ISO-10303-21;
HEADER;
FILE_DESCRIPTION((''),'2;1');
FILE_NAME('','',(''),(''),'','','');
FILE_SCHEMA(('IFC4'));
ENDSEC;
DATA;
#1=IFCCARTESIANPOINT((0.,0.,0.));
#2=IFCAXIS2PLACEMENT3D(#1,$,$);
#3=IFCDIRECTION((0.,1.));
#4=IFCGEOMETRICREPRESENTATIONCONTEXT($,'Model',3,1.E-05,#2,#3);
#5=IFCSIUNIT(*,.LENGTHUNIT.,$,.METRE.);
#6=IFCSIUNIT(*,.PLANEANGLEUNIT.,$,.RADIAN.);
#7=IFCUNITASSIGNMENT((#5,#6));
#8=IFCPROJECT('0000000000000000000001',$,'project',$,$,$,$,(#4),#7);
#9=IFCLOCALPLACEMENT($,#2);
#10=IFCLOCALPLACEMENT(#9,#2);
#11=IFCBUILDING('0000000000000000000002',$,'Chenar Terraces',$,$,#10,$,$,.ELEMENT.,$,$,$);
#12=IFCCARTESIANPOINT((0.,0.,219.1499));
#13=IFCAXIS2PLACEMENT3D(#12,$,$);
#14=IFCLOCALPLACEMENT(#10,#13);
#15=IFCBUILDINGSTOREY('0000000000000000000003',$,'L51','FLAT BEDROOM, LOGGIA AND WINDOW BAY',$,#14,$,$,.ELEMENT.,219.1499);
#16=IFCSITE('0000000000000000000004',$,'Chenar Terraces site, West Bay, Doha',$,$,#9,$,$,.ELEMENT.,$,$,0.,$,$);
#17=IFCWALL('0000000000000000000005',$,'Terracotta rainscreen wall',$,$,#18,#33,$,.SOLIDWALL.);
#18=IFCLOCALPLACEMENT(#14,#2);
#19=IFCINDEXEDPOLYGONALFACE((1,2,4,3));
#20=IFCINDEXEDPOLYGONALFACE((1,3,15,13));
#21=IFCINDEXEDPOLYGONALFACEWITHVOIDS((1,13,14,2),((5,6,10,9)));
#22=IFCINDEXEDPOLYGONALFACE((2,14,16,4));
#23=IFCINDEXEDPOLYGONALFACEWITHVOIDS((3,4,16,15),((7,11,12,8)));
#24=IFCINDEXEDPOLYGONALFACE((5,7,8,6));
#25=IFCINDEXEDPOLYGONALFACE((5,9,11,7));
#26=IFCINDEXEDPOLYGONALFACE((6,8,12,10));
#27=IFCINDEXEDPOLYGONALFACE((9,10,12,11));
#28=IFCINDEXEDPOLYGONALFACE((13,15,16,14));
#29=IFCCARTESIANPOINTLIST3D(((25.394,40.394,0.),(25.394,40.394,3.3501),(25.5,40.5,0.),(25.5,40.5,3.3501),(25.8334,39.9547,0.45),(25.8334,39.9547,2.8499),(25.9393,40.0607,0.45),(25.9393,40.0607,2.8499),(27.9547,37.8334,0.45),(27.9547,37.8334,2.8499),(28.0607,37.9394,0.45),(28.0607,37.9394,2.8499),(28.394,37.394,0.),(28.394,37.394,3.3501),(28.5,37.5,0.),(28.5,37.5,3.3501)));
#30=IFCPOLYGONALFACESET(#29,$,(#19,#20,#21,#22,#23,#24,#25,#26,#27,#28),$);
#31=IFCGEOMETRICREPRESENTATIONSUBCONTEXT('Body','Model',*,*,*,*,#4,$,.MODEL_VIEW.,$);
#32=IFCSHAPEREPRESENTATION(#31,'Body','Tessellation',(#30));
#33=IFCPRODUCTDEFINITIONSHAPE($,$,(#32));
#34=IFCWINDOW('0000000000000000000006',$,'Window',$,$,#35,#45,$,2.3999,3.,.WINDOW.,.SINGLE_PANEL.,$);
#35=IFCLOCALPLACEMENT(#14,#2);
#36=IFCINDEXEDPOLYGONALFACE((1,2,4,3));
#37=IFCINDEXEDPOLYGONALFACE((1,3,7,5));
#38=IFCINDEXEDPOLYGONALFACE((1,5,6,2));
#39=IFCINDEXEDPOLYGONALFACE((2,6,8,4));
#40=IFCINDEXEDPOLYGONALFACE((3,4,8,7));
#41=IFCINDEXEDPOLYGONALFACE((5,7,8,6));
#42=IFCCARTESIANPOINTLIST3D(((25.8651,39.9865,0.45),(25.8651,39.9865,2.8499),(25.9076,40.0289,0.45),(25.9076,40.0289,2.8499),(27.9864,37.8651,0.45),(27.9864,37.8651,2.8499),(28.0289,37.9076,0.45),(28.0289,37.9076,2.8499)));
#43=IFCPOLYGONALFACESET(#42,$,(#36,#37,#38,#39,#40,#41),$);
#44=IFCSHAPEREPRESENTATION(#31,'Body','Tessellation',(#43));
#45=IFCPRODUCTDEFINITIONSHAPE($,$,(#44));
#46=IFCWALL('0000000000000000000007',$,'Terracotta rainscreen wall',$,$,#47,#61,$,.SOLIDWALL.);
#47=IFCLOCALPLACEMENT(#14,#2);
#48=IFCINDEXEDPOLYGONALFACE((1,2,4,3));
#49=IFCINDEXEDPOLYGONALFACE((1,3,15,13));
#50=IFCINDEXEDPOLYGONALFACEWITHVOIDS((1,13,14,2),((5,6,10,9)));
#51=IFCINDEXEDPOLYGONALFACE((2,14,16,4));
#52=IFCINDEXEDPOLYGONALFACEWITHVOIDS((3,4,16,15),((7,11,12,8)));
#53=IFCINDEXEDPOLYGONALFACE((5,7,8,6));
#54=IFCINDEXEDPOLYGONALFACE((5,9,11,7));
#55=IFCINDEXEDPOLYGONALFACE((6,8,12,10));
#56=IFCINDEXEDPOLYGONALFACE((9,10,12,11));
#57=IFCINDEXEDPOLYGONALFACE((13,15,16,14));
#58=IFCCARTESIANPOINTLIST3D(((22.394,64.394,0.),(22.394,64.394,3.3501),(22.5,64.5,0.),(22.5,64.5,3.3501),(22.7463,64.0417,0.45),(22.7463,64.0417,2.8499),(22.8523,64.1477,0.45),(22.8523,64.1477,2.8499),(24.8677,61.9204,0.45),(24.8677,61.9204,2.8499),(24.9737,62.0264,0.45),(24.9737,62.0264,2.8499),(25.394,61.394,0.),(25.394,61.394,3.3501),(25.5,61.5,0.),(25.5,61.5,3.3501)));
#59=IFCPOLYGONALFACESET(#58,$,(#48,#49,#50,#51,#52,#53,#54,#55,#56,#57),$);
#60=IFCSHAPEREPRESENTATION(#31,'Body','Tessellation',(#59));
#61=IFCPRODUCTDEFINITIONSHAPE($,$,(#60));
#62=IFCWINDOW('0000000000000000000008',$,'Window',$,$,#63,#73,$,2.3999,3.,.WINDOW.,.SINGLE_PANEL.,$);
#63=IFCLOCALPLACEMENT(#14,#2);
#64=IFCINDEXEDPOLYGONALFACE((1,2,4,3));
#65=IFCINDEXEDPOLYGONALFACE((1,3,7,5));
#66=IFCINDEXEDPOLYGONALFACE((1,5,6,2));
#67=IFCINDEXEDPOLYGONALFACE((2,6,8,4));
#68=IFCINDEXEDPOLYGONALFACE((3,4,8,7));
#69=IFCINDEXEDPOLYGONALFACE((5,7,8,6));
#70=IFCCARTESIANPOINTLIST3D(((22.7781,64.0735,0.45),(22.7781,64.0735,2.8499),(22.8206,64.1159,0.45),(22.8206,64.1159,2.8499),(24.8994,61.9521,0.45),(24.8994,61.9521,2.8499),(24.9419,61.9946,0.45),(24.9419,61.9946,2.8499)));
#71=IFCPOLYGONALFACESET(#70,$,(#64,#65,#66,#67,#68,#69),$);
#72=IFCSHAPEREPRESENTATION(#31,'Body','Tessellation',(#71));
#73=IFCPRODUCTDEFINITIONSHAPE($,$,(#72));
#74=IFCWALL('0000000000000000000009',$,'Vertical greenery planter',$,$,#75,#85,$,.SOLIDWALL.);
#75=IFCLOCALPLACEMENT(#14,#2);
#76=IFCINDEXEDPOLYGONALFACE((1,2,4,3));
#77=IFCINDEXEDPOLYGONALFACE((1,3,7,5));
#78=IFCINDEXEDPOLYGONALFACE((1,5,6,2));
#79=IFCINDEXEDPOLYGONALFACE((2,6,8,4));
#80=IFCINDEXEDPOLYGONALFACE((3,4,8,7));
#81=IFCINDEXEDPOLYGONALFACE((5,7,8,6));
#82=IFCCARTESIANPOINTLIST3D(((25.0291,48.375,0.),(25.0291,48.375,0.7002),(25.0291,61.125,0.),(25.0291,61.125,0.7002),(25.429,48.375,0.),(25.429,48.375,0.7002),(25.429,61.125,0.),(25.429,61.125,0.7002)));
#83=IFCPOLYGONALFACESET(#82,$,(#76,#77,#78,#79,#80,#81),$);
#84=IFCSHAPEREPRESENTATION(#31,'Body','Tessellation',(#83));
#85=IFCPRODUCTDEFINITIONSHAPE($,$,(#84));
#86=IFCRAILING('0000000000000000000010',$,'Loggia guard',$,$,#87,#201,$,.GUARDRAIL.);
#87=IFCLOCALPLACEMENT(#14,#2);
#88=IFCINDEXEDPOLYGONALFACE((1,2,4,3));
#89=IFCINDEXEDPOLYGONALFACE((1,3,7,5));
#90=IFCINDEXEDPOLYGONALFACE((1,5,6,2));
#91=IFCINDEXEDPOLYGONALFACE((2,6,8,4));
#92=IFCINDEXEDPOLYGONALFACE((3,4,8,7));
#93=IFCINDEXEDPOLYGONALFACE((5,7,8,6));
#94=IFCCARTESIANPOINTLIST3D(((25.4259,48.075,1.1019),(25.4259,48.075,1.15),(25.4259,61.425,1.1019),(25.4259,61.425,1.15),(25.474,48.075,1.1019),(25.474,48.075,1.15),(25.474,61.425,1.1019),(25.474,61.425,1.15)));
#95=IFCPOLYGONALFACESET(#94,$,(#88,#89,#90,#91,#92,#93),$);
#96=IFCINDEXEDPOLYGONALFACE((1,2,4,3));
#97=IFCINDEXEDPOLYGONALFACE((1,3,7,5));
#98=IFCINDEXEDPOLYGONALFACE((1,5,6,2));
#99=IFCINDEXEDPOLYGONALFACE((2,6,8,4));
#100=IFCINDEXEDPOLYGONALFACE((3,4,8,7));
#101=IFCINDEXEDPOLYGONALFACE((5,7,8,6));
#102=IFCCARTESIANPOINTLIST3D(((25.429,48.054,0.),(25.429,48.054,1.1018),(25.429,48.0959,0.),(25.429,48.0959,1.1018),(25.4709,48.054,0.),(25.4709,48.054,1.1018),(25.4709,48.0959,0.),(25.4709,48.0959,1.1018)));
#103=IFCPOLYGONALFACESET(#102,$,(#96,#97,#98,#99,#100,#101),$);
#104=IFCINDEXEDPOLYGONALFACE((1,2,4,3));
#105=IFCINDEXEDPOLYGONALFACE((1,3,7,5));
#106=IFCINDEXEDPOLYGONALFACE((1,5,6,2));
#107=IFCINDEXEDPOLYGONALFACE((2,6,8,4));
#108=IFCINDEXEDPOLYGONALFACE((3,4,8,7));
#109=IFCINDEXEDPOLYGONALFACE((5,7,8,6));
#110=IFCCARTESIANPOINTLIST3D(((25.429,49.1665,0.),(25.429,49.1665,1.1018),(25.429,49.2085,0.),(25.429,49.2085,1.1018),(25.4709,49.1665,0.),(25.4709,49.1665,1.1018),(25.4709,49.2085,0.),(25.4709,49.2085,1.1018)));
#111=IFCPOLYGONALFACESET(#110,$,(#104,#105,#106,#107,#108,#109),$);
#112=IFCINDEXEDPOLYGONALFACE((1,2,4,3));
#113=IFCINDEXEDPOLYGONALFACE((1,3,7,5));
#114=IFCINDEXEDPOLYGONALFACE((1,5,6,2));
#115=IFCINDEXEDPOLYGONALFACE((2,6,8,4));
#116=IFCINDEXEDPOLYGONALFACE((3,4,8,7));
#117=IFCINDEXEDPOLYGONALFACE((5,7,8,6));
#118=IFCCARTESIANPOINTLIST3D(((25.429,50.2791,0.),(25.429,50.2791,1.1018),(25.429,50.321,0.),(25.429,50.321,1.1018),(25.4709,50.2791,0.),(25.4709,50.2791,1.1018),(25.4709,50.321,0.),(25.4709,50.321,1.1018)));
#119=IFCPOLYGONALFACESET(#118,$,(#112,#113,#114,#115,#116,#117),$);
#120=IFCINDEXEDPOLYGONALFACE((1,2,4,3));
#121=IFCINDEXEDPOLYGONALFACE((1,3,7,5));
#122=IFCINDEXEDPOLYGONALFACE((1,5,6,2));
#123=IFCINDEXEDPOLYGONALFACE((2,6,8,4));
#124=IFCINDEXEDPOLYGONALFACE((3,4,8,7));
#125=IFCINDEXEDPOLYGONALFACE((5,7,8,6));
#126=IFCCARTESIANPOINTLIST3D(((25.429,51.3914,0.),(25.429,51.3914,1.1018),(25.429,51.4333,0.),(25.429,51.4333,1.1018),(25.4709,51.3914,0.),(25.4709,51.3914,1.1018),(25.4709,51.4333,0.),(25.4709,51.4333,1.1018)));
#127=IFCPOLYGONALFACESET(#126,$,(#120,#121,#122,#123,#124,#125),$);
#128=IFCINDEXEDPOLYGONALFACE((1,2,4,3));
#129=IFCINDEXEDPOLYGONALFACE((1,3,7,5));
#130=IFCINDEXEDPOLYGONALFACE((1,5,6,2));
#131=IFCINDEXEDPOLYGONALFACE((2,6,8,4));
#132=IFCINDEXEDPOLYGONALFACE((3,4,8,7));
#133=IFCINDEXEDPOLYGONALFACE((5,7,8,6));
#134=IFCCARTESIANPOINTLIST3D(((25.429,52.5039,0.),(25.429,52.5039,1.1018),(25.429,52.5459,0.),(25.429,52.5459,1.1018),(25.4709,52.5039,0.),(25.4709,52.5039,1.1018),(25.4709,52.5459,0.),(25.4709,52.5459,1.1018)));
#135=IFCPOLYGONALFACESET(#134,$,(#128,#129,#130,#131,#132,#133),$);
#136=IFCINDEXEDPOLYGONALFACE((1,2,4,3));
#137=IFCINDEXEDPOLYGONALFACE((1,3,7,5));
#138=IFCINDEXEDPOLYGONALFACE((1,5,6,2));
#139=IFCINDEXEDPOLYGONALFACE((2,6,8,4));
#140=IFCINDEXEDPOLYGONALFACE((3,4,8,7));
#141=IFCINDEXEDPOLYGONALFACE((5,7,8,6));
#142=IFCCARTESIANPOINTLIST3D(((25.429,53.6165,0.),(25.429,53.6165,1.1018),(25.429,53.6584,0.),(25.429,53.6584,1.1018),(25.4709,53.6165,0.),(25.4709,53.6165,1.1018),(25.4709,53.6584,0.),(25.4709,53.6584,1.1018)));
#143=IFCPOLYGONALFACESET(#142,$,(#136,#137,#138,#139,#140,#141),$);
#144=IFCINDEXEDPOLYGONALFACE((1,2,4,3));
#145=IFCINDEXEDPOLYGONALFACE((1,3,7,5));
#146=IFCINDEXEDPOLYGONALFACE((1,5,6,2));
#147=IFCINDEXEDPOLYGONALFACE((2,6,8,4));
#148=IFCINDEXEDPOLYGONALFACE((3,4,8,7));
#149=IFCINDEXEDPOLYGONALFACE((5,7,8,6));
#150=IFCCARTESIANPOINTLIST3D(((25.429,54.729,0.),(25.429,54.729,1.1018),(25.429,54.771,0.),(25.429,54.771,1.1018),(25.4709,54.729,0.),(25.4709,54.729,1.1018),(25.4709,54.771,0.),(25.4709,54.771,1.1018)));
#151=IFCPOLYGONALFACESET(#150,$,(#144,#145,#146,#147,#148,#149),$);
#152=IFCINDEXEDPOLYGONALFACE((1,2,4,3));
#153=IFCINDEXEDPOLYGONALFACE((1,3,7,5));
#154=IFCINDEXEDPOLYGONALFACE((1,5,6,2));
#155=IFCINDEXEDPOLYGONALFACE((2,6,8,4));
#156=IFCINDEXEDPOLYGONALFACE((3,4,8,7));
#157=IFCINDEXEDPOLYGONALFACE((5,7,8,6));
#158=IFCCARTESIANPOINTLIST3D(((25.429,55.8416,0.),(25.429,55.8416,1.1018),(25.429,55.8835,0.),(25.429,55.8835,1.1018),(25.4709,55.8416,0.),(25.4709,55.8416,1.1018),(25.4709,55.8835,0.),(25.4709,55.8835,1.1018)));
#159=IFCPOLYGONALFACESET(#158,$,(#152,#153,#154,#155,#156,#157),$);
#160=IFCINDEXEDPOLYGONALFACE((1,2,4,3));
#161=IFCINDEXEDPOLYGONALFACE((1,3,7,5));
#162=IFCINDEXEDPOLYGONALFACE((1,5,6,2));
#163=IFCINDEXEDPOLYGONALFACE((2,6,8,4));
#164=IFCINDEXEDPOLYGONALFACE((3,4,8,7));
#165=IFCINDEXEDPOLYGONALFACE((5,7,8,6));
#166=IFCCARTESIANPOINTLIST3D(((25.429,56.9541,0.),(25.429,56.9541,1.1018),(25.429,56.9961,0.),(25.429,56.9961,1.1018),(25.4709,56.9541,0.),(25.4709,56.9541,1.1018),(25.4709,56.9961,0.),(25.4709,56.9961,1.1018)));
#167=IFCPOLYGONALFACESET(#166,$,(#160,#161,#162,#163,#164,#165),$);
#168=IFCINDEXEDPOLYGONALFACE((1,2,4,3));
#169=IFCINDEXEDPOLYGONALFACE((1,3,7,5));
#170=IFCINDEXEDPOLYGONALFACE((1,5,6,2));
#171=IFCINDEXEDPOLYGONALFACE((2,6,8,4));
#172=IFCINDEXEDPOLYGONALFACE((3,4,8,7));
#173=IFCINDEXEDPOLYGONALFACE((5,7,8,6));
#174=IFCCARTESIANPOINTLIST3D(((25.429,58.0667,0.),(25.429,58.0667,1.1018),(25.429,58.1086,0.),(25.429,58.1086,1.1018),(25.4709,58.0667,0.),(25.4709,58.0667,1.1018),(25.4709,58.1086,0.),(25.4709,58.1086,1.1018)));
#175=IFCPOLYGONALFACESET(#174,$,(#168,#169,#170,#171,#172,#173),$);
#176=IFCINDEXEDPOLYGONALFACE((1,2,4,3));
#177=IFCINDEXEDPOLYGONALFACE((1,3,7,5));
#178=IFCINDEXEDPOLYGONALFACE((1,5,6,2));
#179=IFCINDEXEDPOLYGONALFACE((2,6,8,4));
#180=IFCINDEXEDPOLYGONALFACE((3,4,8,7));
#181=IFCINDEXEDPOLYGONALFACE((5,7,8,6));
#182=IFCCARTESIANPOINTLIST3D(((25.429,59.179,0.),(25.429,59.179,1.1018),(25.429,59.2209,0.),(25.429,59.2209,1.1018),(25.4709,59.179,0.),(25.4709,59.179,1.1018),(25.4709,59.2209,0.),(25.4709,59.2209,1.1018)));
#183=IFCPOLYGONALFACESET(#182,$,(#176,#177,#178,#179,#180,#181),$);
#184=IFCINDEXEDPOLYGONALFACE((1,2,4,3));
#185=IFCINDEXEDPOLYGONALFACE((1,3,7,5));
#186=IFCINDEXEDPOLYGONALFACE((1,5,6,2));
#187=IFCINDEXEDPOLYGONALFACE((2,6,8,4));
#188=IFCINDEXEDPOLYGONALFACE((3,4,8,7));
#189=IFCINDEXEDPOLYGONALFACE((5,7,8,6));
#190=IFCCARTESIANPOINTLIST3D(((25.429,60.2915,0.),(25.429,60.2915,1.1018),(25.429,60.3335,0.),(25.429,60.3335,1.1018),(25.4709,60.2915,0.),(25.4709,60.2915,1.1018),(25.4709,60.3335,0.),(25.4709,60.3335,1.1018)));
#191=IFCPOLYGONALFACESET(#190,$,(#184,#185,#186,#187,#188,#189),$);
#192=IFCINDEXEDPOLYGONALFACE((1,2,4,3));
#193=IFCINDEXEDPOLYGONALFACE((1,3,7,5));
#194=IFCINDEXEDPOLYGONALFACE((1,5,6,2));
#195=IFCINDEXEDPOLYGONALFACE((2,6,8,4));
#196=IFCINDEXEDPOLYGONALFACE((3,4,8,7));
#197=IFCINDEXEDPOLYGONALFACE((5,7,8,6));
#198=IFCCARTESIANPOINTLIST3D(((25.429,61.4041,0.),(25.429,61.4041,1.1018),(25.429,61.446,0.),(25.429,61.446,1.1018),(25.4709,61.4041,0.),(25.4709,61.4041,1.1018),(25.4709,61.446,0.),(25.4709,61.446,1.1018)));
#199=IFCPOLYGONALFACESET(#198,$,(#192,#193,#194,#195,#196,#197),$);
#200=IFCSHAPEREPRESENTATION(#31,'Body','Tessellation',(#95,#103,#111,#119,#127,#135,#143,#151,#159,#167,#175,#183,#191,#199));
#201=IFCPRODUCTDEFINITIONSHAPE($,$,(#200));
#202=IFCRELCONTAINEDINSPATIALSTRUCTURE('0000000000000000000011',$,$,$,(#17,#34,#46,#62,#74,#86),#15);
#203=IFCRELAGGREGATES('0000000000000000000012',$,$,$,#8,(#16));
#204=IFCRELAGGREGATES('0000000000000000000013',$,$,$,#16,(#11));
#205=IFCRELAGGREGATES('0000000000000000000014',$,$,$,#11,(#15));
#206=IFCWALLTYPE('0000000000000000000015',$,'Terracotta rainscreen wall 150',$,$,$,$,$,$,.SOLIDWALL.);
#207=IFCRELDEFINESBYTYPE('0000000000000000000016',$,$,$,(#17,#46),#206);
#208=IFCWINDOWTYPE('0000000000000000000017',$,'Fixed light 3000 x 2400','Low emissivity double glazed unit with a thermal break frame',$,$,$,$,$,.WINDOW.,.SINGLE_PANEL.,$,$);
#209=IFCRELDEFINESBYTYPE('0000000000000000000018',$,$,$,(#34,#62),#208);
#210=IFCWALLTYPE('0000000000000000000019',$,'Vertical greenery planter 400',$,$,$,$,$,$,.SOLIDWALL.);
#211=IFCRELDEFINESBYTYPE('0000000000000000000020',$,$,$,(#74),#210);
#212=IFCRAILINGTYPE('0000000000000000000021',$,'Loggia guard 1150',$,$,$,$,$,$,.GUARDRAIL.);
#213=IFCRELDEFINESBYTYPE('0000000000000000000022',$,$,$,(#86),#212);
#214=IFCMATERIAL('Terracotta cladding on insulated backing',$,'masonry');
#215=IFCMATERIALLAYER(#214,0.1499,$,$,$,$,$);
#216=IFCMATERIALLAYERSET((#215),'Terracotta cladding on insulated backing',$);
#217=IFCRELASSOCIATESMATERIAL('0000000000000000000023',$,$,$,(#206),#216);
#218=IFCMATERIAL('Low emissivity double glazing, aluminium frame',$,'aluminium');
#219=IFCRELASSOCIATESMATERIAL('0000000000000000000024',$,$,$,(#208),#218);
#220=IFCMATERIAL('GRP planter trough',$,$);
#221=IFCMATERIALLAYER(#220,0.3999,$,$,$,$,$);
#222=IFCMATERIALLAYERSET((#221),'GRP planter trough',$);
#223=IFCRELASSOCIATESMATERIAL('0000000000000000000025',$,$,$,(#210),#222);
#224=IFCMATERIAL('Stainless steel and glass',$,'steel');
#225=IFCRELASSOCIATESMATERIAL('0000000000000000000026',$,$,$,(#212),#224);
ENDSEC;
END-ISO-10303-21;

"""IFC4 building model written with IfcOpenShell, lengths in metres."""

from ifc_helpers import new_model, si_unit, direction, frame, frame_2d, origin, origin_2d, place, context, subcontext, project, spatial, rectangle, extrude, material, layer, layer_set, type_object, element, fill, save


model = new_model("IFC4")

# Units and contexts
model_context = context("Model", 3, precision=1e-05, world=origin(), true_north=direction((0.0, 1.0)))
body_context = subcontext(model_context, "Body", "Model", "MODEL_VIEW")
ifc_project = project(units=[si_unit("LENGTHUNIT", "METRE"), si_unit("PLANEANGLEUNIT", "RADIAN")], contexts=[model_context])

# Site, building, storey
site_placement = place(None, origin())
site = spatial("IfcSite", under=ifc_project, at=site_placement, Name="Chenar Terraces site, West Bay, Doha", CompositionType="ELEMENT", RefElevation=0.0)
building_placement = place(site_placement, origin())
building = spatial("IfcBuilding", under=site, at=building_placement, Name="Chenar Terraces", CompositionType="ELEMENT")
storey_placement = place(building_placement, frame((0.0, 0.0, 219.1499)))
storey = spatial("IfcBuildingStorey", under=building, at=storey_placement, Name="L51", Description="FLAT BEDROOM, LOGGIA AND WINDOW BAY", CompositionType="ELEMENT", Elevation=219.1499)

# Walls, openings, windows
ifc_material_1 = material(Name="Terracotta cladding on insulated backing", Category="masonry")
ifc_layer_1 = layer(ifc_material_1, 0.1499)
ifc_layer_set_1 = layer_set([ifc_layer_1], Name="Terracotta cladding on insulated backing")
wall_type_1 = type_object("IfcWallType", Name="Terracotta rainscreen wall 150", PredefinedType="SOLIDWALL", material=ifc_layer_set_1)
wall_1_placement = place(storey_placement, frame((28.447, 37.447, 0.0), z_axis=(0.0, 0.0, 1.0), x_axis=(-0.707107, 0.707107, 0.0)))
wall_1 = element("IfcWall", 1, at=wall_1_placement, inside=storey, type_object=wall_type_1, Name="Terracotta rainscreen wall", PredefinedType="SOLIDWALL", context=body_context, shape_type="SweptSolid", body=[
    extrude(rectangle(XDim=4.2427, YDim=0.1499, at=frame_2d((2.1213, 0.0))), origin(), (0.0, 0.0, 1.0), 3.3501),
])
opening_1_placement = place(wall_1_placement, frame((0.6213, 0.0, 0.45)))
opening_1 = element("IfcOpeningElement", 2, at=opening_1_placement, cuts=wall_1, PredefinedType="OPENING", context=body_context, shape_type="SweptSolid", body=[
    extrude(rectangle(XDim=3.0, YDim=2.3999, at=frame_2d((1.5, 1.2))), frame((0.0, 0.085, 0.0), z_axis=(0.0, -1.0, 0.0), x_axis=(1.0, 0.0, 0.0)), (0.0, 0.0, 1.0), 0.1699),
])
ifc_material_2 = material(Name="Low emissivity double glazing, aluminium frame", Category="aluminium")
window_type_1 = type_object("IfcWindowType", Name="Fixed light 3000 x 2400", Description="Low emissivity double glazed unit with a thermal break frame", PartitioningType="SINGLE_PANEL", PredefinedType="WINDOW", material=ifc_material_2)
window_1_placement = place(opening_1_placement, origin())
window_1 = element("IfcWindow", 3, at=window_1_placement, inside=storey, type_object=window_type_1, Name="Window", OverallHeight=2.3999, OverallWidth=3.0, PartitioningType="SINGLE_PANEL", PredefinedType="WINDOW", context=body_context, shape_type="SweptSolid", body=[
    extrude(rectangle(XDim=3.0, YDim=2.3999, at=frame_2d((1.5, 1.2))), frame((0.0, 0.03, 0.0), z_axis=(0.0, -1.0, 0.0), x_axis=(1.0, 0.0, 0.0)), (0.0, 0.0, 1.0), 0.0601),
])
fill(opening_1, window_1)
wall_2_placement = place(storey_placement, frame((25.447, 61.447, 0.0), z_axis=(0.0, 0.0, 1.0), x_axis=(-0.707107, 0.707107, 0.0)))
wall_2 = element("IfcWall", 4, at=wall_2_placement, inside=storey, type_object=wall_type_1, Name="Terracotta rainscreen wall", PredefinedType="SOLIDWALL", context=body_context, shape_type="SweptSolid", body=[
    extrude(rectangle(XDim=4.2427, YDim=0.1499, at=frame_2d((2.1213, 0.0))), origin(), (0.0, 0.0, 1.0), 3.3501),
])
opening_2_placement = place(wall_2_placement, frame((0.7444, 0.0, 0.45)))
opening_2 = element("IfcOpeningElement", 5, at=opening_2_placement, cuts=wall_2, PredefinedType="OPENING", context=body_context, shape_type="SweptSolid", body=[
    extrude(rectangle(XDim=3.0, YDim=2.3999, at=frame_2d((1.5, 1.2))), frame((0.0, 0.085, 0.0), z_axis=(0.0, -1.0, 0.0), x_axis=(1.0, 0.0, 0.0)), (0.0, 0.0, 1.0), 0.1699),
])
window_2_placement = place(opening_2_placement, origin())
window_2 = element("IfcWindow", 6, at=window_2_placement, inside=storey, type_object=window_type_1, Name="Window", OverallHeight=2.3999, OverallWidth=3.0, PartitioningType="SINGLE_PANEL", PredefinedType="WINDOW", context=body_context, shape_type="SweptSolid", body=[
    extrude(rectangle(XDim=3.0, YDim=2.3999, at=frame_2d((1.5, 1.2))), frame((0.0, 0.03, 0.0), z_axis=(0.0, -1.0, 0.0), x_axis=(1.0, 0.0, 0.0)), (0.0, 0.0, 1.0), 0.0601),
])
fill(opening_2, window_2)

# Wall
ifc_material_3 = material(Name="GRP planter trough")
ifc_layer_2 = layer(ifc_material_3, 0.3999)
ifc_layer_set_2 = layer_set([ifc_layer_2], Name="GRP planter trough")
wall_type_2 = type_object("IfcWallType", Name="Vertical greenery planter 400", PredefinedType="SOLIDWALL", material=ifc_layer_set_2)
wall_3_placement = place(storey_placement, frame((25.229, 48.375, 0.0), z_axis=(0.0, 0.0, 1.0), x_axis=(0.0, 1.0, 0.0)))
element("IfcWall", 7, at=wall_3_placement, inside=storey, type_object=wall_type_2, Name="Vertical greenery planter", PredefinedType="SOLIDWALL", context=body_context, shape_type="SweptSolid", body=[
    extrude(rectangle(XDim=12.75, YDim=0.3999, at=frame_2d((6.375, 0.0))), origin(), (0.0, 0.0, 1.0), 0.7002),
])

# Railing
ifc_material_4 = material(Name="Stainless steel and glass", Category="steel")
railing_type = type_object("IfcRailingType", Name="Loggia guard 1150", PredefinedType="GUARDRAIL", material=ifc_material_4)
railing_placement = place(storey_placement, frame((25.45, 48.075, 0.0)))
element("IfcRailing", 8, at=railing_placement, inside=storey, type_object=railing_type, Name="Loggia guard", PredefinedType="GUARDRAIL", context=body_context, shape_type="SweptSolid", body=[
    extrude(rectangle(XDim=0.0481, YDim=0.0481, at=origin_2d()), frame((0.0, 0.0, 1.126), z_axis=(0.0, 1.0, 0.0), x_axis=(-1.0, 0.0, 0.0)), (0.0, 0.0, 1.0), 13.3501),
    extrude(rectangle(XDim=0.042, YDim=0.042, at=origin_2d()), origin(), (0.0, 0.0, 1.0), 1.1018),
    extrude(rectangle(XDim=0.042, YDim=0.042, at=origin_2d()), frame((0.0, 1.1125, 0.0)), (0.0, 0.0, 1.0), 1.1018),
    extrude(rectangle(XDim=0.042, YDim=0.042, at=origin_2d()), frame((0.0, 2.2251, 0.0)), (0.0, 0.0, 1.0), 1.1018),
    extrude(rectangle(XDim=0.042, YDim=0.042, at=origin_2d()), frame((0.0, 3.3374, 0.0)), (0.0, 0.0, 1.0), 1.1018),
    extrude(rectangle(XDim=0.042, YDim=0.042, at=origin_2d()), frame((0.0, 4.45, 0.0)), (0.0, 0.0, 1.0), 1.1018),
    extrude(rectangle(XDim=0.042, YDim=0.042, at=origin_2d()), frame((0.0, 5.5625, 0.0)), (0.0, 0.0, 1.0), 1.1018),
    extrude(rectangle(XDim=0.042, YDim=0.042, at=origin_2d()), frame((0.0, 6.675, 0.0)), (0.0, 0.0, 1.0), 1.1018),
    extrude(rectangle(XDim=0.042, YDim=0.042, at=origin_2d()), frame((0.0, 7.7876, 0.0)), (0.0, 0.0, 1.0), 1.1018),
    extrude(rectangle(XDim=0.042, YDim=0.042, at=origin_2d()), frame((0.0, 8.9001, 0.0)), (0.0, 0.0, 1.0), 1.1018),
    extrude(rectangle(XDim=0.042, YDim=0.042, at=origin_2d()), frame((0.0, 10.0127, 0.0)), (0.0, 0.0, 1.0), 1.1018),
    extrude(rectangle(XDim=0.042, YDim=0.042, at=origin_2d()), frame((0.0, 11.125, 0.0)), (0.0, 0.0, 1.0), 1.1018),
    extrude(rectangle(XDim=0.042, YDim=0.042, at=origin_2d()), frame((0.0, 12.2375, 0.0)), (0.0, 0.0, 1.0), 1.1018),
    extrude(rectangle(XDim=0.042, YDim=0.042, at=origin_2d()), frame((0.0, 13.3501, 0.0)), (0.0, 0.0, 1.0), 1.1018),
])

save(model, "model.ifc")
